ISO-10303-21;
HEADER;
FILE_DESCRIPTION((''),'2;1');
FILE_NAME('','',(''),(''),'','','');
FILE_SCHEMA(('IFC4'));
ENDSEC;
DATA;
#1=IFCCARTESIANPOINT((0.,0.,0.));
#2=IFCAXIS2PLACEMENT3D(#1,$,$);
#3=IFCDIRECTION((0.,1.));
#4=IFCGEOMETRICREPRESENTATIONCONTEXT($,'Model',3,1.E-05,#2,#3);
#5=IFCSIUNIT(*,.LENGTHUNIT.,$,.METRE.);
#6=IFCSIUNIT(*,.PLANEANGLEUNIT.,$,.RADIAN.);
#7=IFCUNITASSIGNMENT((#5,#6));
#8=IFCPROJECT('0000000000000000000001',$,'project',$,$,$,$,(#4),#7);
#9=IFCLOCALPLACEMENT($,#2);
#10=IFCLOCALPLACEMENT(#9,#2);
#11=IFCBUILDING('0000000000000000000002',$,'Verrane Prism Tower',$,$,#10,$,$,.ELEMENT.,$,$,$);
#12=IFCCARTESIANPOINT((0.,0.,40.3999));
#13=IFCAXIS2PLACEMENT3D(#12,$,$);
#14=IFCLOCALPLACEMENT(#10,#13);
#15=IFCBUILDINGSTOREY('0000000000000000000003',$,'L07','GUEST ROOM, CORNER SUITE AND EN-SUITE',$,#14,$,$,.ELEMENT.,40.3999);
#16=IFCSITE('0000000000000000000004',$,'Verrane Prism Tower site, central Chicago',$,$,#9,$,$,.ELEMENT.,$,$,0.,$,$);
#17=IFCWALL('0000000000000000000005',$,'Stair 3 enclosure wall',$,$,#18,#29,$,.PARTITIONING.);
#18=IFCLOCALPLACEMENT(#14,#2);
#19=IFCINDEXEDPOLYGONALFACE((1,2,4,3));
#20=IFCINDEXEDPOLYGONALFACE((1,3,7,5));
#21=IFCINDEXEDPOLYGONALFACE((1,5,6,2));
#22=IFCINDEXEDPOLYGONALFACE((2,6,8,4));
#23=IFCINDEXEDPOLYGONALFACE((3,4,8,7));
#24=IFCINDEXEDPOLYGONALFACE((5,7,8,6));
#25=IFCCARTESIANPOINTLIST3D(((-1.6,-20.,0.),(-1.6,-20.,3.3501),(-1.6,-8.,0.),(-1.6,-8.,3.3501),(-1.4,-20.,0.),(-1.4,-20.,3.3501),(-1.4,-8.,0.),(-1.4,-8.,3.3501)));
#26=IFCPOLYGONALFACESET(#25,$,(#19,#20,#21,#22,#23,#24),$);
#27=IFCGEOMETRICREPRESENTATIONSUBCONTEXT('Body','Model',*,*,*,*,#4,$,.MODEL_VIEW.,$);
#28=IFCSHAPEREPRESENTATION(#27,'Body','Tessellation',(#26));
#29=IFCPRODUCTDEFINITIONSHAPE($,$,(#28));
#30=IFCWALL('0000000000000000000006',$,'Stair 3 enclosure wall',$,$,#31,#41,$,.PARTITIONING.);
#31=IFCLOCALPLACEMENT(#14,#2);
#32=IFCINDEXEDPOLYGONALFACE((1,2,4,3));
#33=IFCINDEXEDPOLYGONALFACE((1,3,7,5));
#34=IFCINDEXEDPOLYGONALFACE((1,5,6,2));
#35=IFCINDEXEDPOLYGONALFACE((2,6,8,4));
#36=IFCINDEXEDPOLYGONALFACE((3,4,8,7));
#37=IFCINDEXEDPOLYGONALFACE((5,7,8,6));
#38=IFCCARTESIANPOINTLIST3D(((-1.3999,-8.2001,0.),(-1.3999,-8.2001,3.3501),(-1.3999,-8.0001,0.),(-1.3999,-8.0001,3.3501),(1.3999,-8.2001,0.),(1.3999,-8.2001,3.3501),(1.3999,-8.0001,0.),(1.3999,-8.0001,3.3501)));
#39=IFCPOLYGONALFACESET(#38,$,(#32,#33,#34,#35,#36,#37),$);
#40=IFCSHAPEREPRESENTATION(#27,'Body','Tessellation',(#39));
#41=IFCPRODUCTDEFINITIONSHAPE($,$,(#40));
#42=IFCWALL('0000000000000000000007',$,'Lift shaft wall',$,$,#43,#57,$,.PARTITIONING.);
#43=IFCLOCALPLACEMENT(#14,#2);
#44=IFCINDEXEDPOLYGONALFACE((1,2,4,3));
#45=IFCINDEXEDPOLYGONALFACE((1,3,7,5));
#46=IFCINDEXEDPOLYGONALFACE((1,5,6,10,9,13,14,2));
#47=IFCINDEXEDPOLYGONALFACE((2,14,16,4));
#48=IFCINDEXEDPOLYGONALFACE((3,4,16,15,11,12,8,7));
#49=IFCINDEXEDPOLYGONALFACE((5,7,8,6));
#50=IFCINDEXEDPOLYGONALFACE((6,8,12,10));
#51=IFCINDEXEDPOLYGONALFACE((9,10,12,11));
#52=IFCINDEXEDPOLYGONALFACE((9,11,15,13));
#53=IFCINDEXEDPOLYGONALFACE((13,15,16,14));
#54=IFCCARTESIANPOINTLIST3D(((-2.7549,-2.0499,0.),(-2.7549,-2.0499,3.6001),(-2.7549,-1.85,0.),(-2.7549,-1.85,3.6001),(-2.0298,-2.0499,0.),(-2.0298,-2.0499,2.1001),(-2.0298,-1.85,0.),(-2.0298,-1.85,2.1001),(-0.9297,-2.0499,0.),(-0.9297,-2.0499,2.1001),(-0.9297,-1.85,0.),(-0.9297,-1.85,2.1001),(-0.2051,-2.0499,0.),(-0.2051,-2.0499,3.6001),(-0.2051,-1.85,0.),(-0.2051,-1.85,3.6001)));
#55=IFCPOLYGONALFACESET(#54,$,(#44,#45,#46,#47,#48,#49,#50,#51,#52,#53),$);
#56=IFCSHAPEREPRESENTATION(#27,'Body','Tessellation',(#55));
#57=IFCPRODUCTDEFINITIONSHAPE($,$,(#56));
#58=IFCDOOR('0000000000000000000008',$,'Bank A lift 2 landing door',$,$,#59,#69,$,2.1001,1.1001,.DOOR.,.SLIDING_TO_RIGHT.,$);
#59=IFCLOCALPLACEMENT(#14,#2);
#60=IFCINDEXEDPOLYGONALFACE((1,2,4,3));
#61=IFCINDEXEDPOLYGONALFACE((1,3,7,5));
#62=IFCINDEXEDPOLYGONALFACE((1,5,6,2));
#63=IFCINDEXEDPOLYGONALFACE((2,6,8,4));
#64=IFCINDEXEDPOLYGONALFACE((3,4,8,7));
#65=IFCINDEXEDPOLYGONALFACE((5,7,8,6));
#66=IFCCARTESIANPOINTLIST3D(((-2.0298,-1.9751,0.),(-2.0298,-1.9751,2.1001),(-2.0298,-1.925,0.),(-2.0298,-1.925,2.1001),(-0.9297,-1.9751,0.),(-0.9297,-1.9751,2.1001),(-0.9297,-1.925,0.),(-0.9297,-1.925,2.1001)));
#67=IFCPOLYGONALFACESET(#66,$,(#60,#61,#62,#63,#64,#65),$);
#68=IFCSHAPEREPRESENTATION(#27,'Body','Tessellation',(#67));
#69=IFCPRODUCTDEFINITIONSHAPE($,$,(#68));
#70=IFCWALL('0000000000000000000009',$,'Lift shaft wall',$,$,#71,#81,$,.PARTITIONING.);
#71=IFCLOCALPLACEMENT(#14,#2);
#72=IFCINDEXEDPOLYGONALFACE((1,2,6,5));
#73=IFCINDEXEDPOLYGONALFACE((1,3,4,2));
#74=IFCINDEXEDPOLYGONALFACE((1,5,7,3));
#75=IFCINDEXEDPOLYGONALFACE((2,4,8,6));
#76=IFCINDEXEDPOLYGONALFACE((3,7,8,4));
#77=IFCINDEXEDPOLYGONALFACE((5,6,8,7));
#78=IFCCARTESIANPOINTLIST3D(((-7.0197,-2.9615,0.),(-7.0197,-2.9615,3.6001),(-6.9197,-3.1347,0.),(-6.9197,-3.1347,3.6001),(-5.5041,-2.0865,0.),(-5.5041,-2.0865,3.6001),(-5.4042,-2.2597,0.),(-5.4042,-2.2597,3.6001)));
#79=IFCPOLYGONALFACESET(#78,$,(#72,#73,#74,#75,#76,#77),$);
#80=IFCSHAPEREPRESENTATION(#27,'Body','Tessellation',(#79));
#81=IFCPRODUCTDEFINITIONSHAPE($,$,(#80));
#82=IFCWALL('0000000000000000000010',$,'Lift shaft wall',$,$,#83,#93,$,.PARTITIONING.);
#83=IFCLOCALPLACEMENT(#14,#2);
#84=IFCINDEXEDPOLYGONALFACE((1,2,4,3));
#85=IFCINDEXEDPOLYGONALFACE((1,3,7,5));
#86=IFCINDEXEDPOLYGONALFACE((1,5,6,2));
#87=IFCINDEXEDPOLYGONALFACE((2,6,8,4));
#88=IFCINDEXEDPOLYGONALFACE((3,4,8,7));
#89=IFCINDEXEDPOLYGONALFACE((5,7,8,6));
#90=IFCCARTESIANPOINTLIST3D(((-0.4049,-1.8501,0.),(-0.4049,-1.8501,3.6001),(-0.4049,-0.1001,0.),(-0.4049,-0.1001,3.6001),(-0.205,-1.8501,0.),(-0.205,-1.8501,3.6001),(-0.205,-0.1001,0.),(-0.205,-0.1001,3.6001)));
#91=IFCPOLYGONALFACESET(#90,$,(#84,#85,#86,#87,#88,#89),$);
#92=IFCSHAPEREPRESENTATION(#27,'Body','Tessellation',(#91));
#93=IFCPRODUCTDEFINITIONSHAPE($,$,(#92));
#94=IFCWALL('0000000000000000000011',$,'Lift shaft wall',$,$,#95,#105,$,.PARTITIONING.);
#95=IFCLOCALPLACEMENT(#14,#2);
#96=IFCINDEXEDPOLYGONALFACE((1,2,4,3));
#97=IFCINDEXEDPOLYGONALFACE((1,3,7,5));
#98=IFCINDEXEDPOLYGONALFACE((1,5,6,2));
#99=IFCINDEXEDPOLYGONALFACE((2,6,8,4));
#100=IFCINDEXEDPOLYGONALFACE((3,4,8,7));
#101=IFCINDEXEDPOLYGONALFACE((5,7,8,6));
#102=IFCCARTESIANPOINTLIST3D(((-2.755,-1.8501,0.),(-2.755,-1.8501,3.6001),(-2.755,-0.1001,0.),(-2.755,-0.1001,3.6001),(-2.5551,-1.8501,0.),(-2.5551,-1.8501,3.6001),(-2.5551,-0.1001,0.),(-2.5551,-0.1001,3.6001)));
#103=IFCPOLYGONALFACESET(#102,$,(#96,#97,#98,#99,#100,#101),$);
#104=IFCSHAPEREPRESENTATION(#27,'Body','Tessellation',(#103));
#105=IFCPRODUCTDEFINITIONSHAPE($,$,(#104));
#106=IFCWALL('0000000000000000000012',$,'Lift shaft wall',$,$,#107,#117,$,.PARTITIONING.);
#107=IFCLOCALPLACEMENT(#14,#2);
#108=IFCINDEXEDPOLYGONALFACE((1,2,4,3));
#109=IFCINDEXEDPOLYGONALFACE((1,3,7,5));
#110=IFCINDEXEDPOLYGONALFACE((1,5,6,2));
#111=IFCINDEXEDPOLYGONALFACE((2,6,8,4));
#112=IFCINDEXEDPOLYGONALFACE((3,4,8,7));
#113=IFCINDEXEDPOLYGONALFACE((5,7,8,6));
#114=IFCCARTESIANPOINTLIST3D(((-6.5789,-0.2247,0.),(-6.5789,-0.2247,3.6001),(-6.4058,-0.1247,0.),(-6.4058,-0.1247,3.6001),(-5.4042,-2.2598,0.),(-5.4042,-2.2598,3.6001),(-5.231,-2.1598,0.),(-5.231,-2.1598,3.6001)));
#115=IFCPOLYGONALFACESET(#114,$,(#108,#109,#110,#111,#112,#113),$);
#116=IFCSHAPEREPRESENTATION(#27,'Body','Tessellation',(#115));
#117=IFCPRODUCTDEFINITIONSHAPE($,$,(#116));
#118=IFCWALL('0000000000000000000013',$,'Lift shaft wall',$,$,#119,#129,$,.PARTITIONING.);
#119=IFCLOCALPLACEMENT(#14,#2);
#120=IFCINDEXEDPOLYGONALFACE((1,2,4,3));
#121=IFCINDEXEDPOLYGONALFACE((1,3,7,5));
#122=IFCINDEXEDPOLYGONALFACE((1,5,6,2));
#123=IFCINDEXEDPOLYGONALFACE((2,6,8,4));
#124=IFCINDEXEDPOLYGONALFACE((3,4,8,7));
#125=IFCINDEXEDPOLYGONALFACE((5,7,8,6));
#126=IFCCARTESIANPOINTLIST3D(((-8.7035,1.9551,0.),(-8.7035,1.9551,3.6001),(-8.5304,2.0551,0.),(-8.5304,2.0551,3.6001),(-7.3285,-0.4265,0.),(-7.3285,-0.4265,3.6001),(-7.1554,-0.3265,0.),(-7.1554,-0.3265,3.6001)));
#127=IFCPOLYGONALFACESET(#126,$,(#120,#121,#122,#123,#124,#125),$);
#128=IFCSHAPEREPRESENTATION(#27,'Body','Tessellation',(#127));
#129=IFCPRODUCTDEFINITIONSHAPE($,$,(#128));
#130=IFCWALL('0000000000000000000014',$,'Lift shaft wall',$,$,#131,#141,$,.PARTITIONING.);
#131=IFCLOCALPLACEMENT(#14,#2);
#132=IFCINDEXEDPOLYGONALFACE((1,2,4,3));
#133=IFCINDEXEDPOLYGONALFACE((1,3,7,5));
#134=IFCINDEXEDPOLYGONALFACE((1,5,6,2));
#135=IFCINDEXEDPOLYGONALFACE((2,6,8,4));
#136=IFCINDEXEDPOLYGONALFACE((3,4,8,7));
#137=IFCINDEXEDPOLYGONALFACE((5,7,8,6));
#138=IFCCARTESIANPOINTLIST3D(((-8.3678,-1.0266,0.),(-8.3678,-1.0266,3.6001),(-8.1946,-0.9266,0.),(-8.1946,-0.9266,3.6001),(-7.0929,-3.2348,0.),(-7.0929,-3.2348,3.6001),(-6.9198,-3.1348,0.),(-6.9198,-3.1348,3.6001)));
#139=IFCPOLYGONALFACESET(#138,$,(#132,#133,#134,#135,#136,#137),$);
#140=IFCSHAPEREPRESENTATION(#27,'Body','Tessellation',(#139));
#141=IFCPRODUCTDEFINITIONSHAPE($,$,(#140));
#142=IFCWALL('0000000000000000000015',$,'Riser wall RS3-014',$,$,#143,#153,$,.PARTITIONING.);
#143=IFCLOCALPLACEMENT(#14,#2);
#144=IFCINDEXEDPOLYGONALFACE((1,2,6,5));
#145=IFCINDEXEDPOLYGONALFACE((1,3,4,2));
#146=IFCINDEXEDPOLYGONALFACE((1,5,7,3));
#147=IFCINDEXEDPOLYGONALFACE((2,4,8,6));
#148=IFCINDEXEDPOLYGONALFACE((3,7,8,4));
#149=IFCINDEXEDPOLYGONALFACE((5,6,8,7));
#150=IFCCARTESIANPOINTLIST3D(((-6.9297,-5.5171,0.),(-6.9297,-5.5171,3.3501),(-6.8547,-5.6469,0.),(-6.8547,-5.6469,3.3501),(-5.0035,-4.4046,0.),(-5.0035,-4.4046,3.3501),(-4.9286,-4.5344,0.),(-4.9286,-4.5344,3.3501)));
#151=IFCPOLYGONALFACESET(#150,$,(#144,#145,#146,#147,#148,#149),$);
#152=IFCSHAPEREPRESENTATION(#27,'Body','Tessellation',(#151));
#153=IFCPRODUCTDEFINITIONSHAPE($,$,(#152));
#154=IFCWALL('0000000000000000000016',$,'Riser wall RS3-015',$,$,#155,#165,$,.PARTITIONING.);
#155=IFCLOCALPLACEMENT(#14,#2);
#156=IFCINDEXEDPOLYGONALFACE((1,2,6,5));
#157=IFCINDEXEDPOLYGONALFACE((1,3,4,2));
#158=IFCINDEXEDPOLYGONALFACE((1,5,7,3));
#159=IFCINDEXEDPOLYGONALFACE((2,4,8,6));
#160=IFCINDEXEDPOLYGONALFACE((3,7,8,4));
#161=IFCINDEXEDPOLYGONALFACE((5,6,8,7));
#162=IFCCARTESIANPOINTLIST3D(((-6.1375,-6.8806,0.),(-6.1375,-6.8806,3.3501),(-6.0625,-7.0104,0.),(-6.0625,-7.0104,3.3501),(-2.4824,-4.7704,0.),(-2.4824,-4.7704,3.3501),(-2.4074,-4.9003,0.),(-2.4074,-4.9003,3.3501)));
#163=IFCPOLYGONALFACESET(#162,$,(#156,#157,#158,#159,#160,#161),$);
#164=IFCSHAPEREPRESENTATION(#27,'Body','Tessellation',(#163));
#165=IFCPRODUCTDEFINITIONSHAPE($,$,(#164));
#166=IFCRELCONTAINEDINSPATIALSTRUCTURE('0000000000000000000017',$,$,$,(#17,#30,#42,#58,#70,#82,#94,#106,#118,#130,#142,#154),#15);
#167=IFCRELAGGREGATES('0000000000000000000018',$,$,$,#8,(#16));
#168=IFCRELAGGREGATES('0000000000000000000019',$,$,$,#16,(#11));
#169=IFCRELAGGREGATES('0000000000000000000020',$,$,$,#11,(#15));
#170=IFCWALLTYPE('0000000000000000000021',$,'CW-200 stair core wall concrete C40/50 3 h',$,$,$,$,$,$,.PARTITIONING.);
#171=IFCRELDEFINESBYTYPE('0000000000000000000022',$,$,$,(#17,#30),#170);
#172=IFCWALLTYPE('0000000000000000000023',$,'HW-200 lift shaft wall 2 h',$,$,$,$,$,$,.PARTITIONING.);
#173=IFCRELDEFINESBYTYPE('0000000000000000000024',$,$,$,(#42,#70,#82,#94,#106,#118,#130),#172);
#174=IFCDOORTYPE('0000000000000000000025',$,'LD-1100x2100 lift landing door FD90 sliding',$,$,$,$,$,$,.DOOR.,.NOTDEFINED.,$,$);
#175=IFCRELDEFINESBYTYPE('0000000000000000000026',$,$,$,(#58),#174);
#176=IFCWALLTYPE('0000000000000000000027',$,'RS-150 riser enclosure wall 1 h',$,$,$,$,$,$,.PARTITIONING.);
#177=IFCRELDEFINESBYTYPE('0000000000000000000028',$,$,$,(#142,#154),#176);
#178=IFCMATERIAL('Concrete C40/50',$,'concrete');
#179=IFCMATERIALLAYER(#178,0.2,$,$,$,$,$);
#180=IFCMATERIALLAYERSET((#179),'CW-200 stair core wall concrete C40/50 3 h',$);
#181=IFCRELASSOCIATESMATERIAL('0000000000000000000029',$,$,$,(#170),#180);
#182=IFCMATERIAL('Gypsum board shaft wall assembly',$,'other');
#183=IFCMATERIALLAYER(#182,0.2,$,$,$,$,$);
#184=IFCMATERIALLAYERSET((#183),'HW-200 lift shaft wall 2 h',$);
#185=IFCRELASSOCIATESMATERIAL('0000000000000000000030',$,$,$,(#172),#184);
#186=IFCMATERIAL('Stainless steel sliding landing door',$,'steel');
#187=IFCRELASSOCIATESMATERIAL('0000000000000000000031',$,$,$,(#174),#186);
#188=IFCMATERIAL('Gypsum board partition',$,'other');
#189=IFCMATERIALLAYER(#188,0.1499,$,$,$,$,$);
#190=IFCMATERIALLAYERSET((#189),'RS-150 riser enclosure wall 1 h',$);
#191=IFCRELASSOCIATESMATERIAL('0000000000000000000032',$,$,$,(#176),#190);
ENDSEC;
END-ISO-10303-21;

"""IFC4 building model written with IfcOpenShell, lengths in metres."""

from ifc_helpers import new_model, si_unit, direction, frame, frame_2d, origin, place, context, subcontext, project, spatial, rectangle, extrude, material, layer, layer_set, type_object, element, fill, save


model = new_model("IFC4")

# Units and contexts
model_context = context("Model", 3, precision=1e-05, world=origin(), true_north=direction((0.0, 1.0)))
body_context = subcontext(model_context, "Body", "Model", "MODEL_VIEW")
ifc_project = project(units=[si_unit("LENGTHUNIT", "METRE"), si_unit("PLANEANGLEUNIT", "RADIAN")], contexts=[model_context])

# Site, building, storey
site_placement = place(None, origin())
site = spatial("IfcSite", under=ifc_project, at=site_placement, Name="Verrane Prism Tower site, central Chicago", CompositionType="ELEMENT", RefElevation=0.0)
building_placement = place(site_placement, origin())
building = spatial("IfcBuilding", under=site, at=building_placement, Name="Verrane Prism Tower", CompositionType="ELEMENT")
storey_placement = place(building_placement, frame((0.0, 0.0, 40.3999)))
storey = spatial("IfcBuildingStorey", under=building, at=storey_placement, Name="L07", Description="GUEST ROOM, CORNER SUITE AND EN-SUITE", CompositionType="ELEMENT", Elevation=40.3999)

# Walls
ifc_material_1 = material(Name="Concrete C40/50", Category="concrete")
ifc_layer_1 = layer(ifc_material_1, 0.2)
ifc_layer_set_1 = layer_set([ifc_layer_1], Name="CW-200 stair core wall concrete C40/50 3 h")
wall_type_1 = type_object("IfcWallType", Name="CW-200 stair core wall concrete C40/50 3 h", PredefinedType="PARTITIONING", material=ifc_layer_set_1)
wall_1_placement = place(storey_placement, frame((-1.5, -8.0, 0.0), z_axis=(0.0, 0.0, 1.0), x_axis=(0.0, -1.0, 0.0)))
element("IfcWall", 1, at=wall_1_placement, inside=storey, type_object=wall_type_1, Name="Stair 3 enclosure wall", PredefinedType="PARTITIONING", context=body_context, shape_type="SweptSolid", body=[
    extrude(rectangle(XDim=12.0, YDim=0.2, at=frame_2d((6.0, 0.0))), origin(), (0.0, 0.0, 1.0), 3.3501),
])
wall_2_placement = place(storey_placement, frame((-1.3999, -8.1001, 0.0), z_axis=(0.0, 0.0, 1.0), x_axis=(1.0, 0.0, 0.0)))
element("IfcWall", 2, at=wall_2_placement, inside=storey, type_object=wall_type_1, Name="Stair 3 enclosure wall", PredefinedType="PARTITIONING", context=body_context, shape_type="SweptSolid", body=[
    extrude(rectangle(XDim=2.7998, YDim=0.2, at=frame_2d((1.3999, 0.0))), origin(), (0.0, 0.0, 1.0), 3.3501),
])

# Wall, opening, door
ifc_material_2 = material(Name="Gypsum board shaft wall assembly", Category="other")
ifc_layer_2 = layer(ifc_material_2, 0.2)
ifc_layer_set_2 = layer_set([ifc_layer_2], Name="HW-200 lift shaft wall 2 h")
wall_type_2 = type_object("IfcWallType", Name="HW-200 lift shaft wall 2 h", PredefinedType="PARTITIONING", material=ifc_layer_set_2)
wall_3_placement = place(storey_placement, frame((-2.7549, -1.95, 0.0), z_axis=(0.0, 0.0, 1.0), x_axis=(1.0, 0.0, 0.0)))
wall_3 = element("IfcWall", 3, at=wall_3_placement, inside=storey, type_object=wall_type_2, Name="Lift shaft wall", PredefinedType="PARTITIONING", context=body_context, shape_type="SweptSolid", body=[
    extrude(rectangle(XDim=2.5498, YDim=0.2, at=frame_2d((1.2749, 0.0))), origin(), (0.0, 0.0, 1.0), 3.6001),
])
opening_1_placement = place(wall_3_placement, frame((0.7251, 0.0, 0.0)))
opening_1 = element("IfcOpeningElement", 4, at=opening_1_placement, cuts=wall_3, PredefinedType="OPENING", context=body_context, shape_type="SweptSolid", body=[
    extrude(rectangle(XDim=1.1001, YDim=2.1001, at=frame_2d((0.55, 1.05))), frame((0.0, 0.1099, 0.0), z_axis=(0.0, -1.0, 0.0), x_axis=(1.0, 0.0, 0.0)), (0.0, 0.0, 1.0), 0.22),
])
ifc_material_3 = material(Name="Stainless steel sliding landing door", Category="steel")
door_type_1 = type_object("IfcDoorType", Name="LD-1100x2100 lift landing door FD90 sliding", OperationType="NOTDEFINED", PredefinedType="DOOR", material=ifc_material_3)
door_1_placement = place(opening_1_placement, origin())
door_1 = element("IfcDoor", 5, at=door_1_placement, inside=storey, type_object=door_type_1, Name="Bank A lift 2 landing door", OperationType="SLIDING_TO_RIGHT", OverallHeight=2.1001, OverallWidth=1.1001, PredefinedType="DOOR", context=body_context, shape_type="SweptSolid", body=[
    extrude(rectangle(XDim=1.1001, YDim=2.1001, at=frame_2d((0.55, 1.05))), frame((0.0, 0.0249, 0.0), z_axis=(0.0, -1.0, 0.0), x_axis=(1.0, 0.0, 0.0)), (0.0, 0.0, 1.0), 0.05),
])
fill(opening_1, door_1)

# Walls
for number, where, z_axis, x_axis, name in (
    (6, (-6.9697, -3.0481, 0.0), (0.0, 0.0, 1.0), (0.866037, 0.49998, 0.0), "Lift shaft wall"),
    (7, (-0.3049, -1.8501, 0.0), (0.0, 0.0, 1.0), (0.0, 1.0, 0.0), "Lift shaft wall"),
    (8, (-2.655, -1.8501, 0.0), (0.0, 0.0, 1.0), (0.0, 1.0, 0.0), "Lift shaft wall"),
):
    element("IfcWall", number, at=place(storey_placement, frame(where, z_axis=z_axis, x_axis=x_axis)), inside=storey, type_object=wall_type_2, Name=name, PredefinedType="PARTITIONING", context=body_context, shape_type="SweptSolid", body=[
        extrude(rectangle(XDim=1.75, YDim=0.2, at=frame_2d((0.875, 0.0))), origin(), (0.0, 0.0, 1.0), 3.6001),
    ])
wall_4_placement = place(storey_placement, frame((-5.3176, -2.2097, 0.0), z_axis=(0.0, 0.0, 1.0), x_axis=(-0.499938, 0.866061, 0.0)))
element("IfcWall", 9, at=wall_4_placement, inside=storey, type_object=wall_type_2, Name="Lift shaft wall", PredefinedType="PARTITIONING", context=body_context, shape_type="SweptSolid", body=[
    extrude(rectangle(XDim=2.3499, YDim=0.2, at=frame_2d((1.1748, 0.0))), origin(), (0.0, 0.0, 1.0), 3.6001),
])
wall_5_placement = place(storey_placement, frame((-7.2419, -0.3765, 0.0), z_axis=(0.0, 0.0, 1.0), x_axis=(-0.499997, 0.866027, 0.0)))
element("IfcWall", 10, at=wall_5_placement, inside=storey, type_object=wall_type_2, Name="Lift shaft wall", PredefinedType="PARTITIONING", context=body_context, shape_type="SweptSolid", body=[
    extrude(rectangle(XDim=2.75, YDim=0.2, at=frame_2d((1.375, 0.0))), origin(), (0.0, 0.0, 1.0), 3.6001),
])
wall_6_placement = place(storey_placement, frame((-7.0063, -3.1848, 0.0), z_axis=(0.0, 0.0, 1.0), x_axis=(-0.49999, 0.866031, 0.0)))
element("IfcWall", 11, at=wall_6_placement, inside=storey, type_object=wall_type_2, Name="Lift shaft wall", PredefinedType="PARTITIONING", context=body_context, shape_type="SweptSolid", body=[
    extrude(rectangle(XDim=2.5498, YDim=0.2, at=frame_2d((1.2749, 0.0))), origin(), (0.0, 0.0, 1.0), 3.6001),
])
ifc_material_4 = material(Name="Gypsum board partition", Category="other")
ifc_layer_3 = layer(ifc_material_4, 0.1499)
ifc_layer_set_3 = layer_set([ifc_layer_3], Name="RS-150 riser enclosure wall 1 h")
wall_type_3 = type_object("IfcWallType", Name="RS-150 riser enclosure wall 1 h", PredefinedType="PARTITIONING", material=ifc_layer_set_3)
wall_7_placement = place(storey_placement, frame((-6.8923, -5.582, 0.0), z_axis=(0.0, 0.0, 1.0), x_axis=(0.865944, 0.50014, 0.0)))
element("IfcWall", 12, at=wall_7_placement, inside=storey, type_object=wall_type_3, Name="Riser wall RS3-014", PredefinedType="PARTITIONING", context=body_context, shape_type="SweptSolid", body=[
    extrude(rectangle(XDim=2.2244, YDim=0.1499, at=frame_2d((1.1123, 0.0))), origin(), (0.0, 0.0, 1.0), 3.3501),
])
wall_8_placement = place(storey_placement, frame((-6.1001, -6.9456, 0.0), z_axis=(0.0, 0.0, 1.0), x_axis=(0.866038, 0.499978, 0.0)))
element("IfcWall", 13, at=wall_8_placement, inside=storey, type_object=wall_type_3, Name="Riser wall RS3-015", PredefinedType="PARTITIONING", context=body_context, shape_type="SweptSolid", body=[
    extrude(rectangle(XDim=4.2205, YDim=0.1499, at=frame_2d((2.1104, 0.0))), origin(), (0.0, 0.0, 1.0), 3.3501),
])

save(model, "model.ifc")
